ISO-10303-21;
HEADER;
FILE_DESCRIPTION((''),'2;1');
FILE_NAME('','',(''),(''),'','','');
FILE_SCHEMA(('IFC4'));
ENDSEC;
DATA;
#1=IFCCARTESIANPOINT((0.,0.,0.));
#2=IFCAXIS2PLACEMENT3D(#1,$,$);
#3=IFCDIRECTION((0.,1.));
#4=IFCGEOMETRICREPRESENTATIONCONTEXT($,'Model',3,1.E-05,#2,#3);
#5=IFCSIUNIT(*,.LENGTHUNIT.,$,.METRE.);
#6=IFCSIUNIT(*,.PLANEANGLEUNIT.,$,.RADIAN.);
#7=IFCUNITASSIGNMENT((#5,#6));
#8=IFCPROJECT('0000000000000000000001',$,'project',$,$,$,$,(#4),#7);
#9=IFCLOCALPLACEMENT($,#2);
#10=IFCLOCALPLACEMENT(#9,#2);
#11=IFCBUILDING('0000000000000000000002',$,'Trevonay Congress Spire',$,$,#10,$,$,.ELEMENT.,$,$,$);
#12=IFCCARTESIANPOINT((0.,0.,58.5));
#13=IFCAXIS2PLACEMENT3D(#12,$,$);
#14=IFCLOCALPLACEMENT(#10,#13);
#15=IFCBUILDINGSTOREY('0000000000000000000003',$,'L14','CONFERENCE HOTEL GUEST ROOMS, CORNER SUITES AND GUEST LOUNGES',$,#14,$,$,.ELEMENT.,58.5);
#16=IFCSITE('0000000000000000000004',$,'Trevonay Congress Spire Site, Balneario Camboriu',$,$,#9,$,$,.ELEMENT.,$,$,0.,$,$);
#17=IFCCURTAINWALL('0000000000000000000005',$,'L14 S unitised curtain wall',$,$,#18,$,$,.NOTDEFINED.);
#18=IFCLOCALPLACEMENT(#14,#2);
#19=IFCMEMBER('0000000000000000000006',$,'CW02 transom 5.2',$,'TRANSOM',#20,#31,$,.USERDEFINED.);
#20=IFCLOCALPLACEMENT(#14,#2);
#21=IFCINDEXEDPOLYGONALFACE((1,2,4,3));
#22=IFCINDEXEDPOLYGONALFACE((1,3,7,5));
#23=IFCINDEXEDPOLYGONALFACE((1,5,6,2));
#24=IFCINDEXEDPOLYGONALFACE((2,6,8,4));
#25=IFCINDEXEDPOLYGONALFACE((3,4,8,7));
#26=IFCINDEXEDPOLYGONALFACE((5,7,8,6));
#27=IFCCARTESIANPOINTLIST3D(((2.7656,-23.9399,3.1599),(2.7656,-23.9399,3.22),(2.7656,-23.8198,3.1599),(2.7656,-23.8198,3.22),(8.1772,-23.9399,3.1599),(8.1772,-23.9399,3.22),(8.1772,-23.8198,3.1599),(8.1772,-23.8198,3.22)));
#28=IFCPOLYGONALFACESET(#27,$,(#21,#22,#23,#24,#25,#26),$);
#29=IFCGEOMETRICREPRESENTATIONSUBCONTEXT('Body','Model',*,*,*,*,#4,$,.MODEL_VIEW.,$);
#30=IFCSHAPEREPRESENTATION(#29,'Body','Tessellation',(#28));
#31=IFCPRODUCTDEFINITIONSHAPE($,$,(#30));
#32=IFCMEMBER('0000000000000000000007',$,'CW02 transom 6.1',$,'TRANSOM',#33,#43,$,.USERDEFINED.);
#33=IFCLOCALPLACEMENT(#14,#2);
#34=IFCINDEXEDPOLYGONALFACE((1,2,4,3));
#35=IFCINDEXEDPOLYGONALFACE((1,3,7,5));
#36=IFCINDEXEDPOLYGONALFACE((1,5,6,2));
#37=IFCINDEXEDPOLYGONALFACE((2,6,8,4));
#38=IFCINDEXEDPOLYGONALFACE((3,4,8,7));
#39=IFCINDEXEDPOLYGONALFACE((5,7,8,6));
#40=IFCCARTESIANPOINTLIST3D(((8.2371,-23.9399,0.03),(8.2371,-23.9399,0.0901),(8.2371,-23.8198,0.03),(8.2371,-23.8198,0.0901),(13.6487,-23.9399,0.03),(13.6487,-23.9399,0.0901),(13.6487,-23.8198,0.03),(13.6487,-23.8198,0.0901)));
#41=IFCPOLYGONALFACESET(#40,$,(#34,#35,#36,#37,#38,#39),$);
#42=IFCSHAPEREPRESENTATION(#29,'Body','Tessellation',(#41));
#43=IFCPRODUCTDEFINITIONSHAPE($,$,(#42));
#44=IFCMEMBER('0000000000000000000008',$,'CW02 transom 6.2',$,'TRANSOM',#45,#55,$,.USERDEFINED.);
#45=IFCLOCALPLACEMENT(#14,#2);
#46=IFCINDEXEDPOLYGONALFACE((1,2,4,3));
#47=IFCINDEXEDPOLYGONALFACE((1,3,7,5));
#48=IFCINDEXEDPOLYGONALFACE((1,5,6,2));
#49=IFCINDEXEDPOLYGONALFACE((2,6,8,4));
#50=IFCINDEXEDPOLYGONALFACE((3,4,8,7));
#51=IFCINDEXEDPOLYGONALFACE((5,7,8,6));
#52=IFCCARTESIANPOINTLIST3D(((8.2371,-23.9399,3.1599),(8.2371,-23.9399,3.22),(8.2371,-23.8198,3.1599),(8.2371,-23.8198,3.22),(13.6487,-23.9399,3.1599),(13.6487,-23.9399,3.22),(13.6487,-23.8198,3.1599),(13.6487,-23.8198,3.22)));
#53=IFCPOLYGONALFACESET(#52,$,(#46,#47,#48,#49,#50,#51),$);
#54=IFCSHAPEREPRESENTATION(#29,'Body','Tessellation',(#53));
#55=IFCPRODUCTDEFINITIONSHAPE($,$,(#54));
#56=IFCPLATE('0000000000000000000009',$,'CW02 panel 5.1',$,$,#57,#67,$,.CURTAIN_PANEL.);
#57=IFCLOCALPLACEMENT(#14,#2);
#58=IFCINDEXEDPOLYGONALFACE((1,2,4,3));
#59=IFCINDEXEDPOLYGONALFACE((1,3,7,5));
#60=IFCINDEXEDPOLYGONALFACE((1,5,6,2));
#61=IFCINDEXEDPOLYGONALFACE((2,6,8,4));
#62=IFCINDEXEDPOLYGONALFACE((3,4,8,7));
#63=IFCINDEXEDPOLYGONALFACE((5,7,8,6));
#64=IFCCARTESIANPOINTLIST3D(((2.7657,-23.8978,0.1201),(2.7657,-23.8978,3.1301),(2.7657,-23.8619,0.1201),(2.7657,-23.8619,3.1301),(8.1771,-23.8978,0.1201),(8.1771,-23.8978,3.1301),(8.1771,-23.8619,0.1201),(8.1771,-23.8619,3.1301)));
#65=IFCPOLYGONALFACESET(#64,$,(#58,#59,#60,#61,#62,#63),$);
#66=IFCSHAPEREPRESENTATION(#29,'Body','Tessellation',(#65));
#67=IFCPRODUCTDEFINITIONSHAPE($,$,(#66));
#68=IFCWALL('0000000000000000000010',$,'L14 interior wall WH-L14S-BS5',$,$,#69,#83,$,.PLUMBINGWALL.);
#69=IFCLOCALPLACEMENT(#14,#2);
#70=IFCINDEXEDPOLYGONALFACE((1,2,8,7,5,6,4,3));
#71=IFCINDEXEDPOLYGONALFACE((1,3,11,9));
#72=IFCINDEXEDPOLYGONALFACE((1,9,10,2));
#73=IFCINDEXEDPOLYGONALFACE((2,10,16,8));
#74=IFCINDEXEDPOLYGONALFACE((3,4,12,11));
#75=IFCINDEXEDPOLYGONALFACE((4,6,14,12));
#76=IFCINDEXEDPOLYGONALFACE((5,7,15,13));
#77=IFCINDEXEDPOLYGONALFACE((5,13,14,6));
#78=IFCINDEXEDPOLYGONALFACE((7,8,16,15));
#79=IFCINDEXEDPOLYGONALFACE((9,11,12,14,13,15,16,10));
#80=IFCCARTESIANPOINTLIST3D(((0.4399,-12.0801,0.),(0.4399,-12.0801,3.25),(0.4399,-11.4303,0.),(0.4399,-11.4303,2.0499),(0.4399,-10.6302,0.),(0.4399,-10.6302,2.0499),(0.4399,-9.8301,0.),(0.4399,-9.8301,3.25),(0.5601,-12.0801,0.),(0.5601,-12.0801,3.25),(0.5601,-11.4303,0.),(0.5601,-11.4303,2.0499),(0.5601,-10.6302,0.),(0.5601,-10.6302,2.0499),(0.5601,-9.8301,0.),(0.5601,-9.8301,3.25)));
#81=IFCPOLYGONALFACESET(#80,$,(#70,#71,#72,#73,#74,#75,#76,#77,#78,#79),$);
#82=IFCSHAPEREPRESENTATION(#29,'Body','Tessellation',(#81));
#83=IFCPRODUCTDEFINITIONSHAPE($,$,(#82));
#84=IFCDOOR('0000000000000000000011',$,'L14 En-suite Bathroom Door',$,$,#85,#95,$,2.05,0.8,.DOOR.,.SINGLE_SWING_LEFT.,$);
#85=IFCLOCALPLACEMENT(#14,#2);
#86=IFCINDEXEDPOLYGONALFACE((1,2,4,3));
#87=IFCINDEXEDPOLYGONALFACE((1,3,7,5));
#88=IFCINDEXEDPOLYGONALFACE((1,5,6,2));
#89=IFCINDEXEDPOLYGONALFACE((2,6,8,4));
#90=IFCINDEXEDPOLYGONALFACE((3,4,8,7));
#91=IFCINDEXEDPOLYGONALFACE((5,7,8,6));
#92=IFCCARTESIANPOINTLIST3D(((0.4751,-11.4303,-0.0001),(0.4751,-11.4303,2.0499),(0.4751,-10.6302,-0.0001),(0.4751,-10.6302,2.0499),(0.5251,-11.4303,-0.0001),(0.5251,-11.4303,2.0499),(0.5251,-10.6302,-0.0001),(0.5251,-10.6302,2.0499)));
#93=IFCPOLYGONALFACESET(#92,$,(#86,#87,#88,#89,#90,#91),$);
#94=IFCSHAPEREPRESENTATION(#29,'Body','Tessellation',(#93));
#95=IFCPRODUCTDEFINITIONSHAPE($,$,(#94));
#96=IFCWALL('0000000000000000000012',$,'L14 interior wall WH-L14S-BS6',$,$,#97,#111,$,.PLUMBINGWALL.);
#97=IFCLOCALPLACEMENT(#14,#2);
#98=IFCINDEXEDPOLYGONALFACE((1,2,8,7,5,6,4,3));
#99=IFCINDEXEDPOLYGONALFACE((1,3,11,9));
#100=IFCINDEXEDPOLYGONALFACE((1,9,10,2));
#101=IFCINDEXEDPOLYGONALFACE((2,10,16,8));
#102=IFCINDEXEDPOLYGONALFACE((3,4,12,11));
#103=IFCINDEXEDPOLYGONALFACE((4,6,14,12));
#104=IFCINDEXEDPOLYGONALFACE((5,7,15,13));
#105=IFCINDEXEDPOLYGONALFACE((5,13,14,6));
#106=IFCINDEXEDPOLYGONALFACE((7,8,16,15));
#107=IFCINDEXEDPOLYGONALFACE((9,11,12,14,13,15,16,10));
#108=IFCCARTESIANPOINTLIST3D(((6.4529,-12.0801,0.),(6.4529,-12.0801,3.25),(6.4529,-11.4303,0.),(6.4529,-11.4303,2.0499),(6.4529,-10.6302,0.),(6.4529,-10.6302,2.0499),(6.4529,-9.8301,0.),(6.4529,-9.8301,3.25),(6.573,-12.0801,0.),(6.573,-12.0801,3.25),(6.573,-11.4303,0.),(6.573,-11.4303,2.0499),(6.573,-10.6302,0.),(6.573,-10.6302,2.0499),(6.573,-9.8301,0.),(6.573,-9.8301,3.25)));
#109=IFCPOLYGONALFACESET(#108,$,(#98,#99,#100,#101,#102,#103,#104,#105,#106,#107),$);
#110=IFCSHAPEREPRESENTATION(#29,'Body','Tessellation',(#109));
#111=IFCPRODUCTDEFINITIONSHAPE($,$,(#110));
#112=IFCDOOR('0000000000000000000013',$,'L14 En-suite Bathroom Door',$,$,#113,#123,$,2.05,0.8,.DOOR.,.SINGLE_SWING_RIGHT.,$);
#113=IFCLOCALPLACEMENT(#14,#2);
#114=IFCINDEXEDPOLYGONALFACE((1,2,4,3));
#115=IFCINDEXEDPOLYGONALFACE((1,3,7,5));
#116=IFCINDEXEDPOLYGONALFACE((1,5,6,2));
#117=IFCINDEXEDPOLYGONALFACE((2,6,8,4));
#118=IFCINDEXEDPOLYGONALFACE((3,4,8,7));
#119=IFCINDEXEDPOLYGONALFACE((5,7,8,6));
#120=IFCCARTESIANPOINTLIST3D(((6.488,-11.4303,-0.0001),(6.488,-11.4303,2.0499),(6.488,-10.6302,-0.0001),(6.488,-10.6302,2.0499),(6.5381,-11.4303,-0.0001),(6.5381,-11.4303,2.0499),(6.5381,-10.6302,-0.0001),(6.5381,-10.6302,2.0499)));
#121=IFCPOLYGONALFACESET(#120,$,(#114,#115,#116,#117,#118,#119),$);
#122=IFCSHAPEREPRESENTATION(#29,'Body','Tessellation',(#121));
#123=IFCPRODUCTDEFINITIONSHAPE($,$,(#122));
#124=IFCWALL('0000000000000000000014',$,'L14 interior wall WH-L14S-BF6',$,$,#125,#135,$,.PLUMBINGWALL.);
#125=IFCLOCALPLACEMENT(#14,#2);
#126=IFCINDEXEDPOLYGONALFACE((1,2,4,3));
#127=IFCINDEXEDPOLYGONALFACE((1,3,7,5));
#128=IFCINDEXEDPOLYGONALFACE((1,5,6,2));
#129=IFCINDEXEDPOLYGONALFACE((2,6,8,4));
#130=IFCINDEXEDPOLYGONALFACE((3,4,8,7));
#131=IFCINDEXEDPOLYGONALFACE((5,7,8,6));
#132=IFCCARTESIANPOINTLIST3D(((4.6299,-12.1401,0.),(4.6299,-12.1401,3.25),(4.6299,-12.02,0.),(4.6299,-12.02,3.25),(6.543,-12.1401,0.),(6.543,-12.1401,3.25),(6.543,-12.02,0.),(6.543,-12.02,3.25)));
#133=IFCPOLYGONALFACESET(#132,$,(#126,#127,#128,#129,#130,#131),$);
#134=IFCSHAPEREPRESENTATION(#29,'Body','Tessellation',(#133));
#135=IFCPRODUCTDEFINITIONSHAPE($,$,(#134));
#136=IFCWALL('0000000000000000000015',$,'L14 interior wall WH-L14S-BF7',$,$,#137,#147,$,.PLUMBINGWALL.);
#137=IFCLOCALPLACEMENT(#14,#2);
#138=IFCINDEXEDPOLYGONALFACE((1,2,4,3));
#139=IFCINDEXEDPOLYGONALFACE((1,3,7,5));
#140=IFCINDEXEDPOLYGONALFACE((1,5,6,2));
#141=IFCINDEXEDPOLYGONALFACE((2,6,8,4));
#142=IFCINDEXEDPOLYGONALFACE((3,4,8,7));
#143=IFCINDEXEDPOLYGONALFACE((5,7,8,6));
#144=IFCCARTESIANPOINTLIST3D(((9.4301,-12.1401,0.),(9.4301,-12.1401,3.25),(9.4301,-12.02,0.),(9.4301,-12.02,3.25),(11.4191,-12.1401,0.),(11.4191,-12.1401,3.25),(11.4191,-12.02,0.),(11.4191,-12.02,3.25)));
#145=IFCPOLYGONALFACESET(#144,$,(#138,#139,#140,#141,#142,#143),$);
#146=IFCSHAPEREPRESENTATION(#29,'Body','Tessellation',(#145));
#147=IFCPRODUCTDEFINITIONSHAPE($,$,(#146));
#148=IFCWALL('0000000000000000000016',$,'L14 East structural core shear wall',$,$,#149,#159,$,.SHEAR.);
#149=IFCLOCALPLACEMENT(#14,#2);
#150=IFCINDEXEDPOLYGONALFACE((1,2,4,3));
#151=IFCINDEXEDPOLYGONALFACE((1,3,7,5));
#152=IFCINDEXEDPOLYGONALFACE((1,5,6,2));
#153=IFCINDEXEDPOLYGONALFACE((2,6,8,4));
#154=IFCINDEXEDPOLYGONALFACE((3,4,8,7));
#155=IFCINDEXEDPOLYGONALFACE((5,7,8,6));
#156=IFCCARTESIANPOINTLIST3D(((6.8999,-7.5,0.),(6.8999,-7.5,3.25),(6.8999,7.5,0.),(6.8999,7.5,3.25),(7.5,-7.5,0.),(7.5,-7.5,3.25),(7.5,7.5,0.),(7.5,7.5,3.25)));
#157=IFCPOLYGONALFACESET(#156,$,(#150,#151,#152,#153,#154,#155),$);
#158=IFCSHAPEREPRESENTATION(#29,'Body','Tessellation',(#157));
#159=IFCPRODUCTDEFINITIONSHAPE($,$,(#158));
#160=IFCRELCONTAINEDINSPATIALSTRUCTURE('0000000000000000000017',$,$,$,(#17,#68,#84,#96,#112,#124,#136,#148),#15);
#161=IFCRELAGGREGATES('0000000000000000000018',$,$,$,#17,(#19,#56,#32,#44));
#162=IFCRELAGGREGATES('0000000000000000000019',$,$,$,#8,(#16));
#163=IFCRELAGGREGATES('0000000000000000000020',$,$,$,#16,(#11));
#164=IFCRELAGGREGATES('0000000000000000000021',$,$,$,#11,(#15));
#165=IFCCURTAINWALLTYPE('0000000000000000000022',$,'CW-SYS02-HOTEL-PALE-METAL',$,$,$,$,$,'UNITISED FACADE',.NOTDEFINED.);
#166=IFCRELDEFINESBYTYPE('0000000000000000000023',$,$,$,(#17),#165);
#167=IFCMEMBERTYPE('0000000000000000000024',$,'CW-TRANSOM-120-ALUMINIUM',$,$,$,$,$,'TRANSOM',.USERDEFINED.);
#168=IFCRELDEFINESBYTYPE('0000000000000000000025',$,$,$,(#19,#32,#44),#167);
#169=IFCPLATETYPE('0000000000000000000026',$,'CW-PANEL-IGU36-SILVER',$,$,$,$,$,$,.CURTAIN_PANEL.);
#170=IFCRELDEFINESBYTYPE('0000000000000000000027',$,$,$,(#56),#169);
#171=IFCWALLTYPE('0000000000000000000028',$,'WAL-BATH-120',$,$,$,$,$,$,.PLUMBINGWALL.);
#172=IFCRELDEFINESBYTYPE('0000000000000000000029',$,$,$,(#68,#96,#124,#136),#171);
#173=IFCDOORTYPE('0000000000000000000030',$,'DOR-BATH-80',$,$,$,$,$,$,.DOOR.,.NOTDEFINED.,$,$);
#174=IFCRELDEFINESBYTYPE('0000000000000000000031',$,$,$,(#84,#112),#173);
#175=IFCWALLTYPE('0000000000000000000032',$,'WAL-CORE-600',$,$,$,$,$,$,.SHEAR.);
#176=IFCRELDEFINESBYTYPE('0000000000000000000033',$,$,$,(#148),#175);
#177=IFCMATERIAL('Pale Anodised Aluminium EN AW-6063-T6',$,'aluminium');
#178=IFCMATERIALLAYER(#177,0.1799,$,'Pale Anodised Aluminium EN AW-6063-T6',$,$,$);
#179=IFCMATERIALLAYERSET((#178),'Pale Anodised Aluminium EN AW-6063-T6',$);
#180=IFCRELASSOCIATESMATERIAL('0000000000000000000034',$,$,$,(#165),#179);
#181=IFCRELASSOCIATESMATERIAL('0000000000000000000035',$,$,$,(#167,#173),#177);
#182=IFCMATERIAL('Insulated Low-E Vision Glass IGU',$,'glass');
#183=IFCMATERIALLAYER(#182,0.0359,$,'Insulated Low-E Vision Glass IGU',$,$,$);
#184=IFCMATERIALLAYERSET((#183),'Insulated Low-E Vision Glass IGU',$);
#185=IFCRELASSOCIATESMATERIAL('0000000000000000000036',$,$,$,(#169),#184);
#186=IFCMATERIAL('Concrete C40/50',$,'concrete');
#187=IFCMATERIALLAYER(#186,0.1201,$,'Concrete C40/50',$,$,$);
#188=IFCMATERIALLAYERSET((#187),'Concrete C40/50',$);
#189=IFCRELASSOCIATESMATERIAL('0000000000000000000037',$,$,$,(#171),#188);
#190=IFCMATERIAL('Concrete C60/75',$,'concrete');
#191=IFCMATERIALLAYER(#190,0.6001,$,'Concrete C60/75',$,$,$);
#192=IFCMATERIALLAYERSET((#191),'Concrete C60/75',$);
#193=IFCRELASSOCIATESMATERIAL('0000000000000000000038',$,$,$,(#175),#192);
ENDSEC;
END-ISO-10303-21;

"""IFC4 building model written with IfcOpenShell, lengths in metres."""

from ifc_helpers import new_model, si_unit, direction, frame, frame_2d, origin, origin_2d, place, context, subcontext, project, spatial, rectangle, extrude, material, layer, layer_set, material_profile, profile_set, type_object, element, fill, aggregate, save


model = new_model("IFC4")

# Units and contexts
model_context = context("Model", 3, precision=1e-05, world=origin(), true_north=direction((0.0, 1.0)))
body_context = subcontext(model_context, "Body", "Model", "MODEL_VIEW")
ifc_project = project(units=[si_unit("LENGTHUNIT", "METRE"), si_unit("PLANEANGLEUNIT", "RADIAN")], contexts=[model_context])

# Site, building, storey
site_placement = place(None, origin())
site = spatial("IfcSite", under=ifc_project, at=site_placement, Name="Trevonay Congress Spire Site, Balneario Camboriu", CompositionType="ELEMENT", RefElevation=0.0)
building_placement = place(site_placement, origin())
building = spatial("IfcBuilding", under=site, at=building_placement, Name="Trevonay Congress Spire", CompositionType="ELEMENT")
storey_placement = place(building_placement, frame((0.0, 0.0, 58.5)))
storey = spatial("IfcBuildingStorey", under=building, at=storey_placement, Name="L14", Description="CONFERENCE HOTEL GUEST ROOMS, CORNER SUITES AND GUEST LOUNGES", CompositionType="ELEMENT", Elevation=58.5)

# Curtain wall, members, plate
ifc_material_1 = material(Name="Pale Anodised Aluminium EN AW-6063-T6", Category="aluminium")
ifc_layer_1 = layer(ifc_material_1, 0.1799, Name="Pale Anodised Aluminium EN AW-6063-T6")
ifc_layer_set_1 = layer_set([ifc_layer_1], Name="Pale Anodised Aluminium EN AW-6063-T6")
curtain_wall_type = type_object("IfcCurtainWallType", Name="CW-SYS02-HOTEL-PALE-METAL", ElementType="UNITISED FACADE", PredefinedType="NOTDEFINED", material=ifc_layer_set_1)
curtain_wall_placement = place(storey_placement, origin())
curtain_wall = element("IfcCurtainWall", 1, at=curtain_wall_placement, inside=storey, type_object=curtain_wall_type, Name="L14 S unitised curtain wall", PredefinedType="NOTDEFINED")
ifc_material_profile_1 = material_profile(ifc_material_1, rectangle(XDim=0.1201, YDim=0.0601, at=origin_2d()), Name="CW-TRANSOM-120-ALUMINIUM")
ifc_profile_set_1 = profile_set([ifc_material_profile_1], Name="Pale Anodised Aluminium EN AW-6063-T6")
member_type_1 = type_object("IfcMemberType", Name="CW-TRANSOM-120-ALUMINIUM", ElementType="TRANSOM", PredefinedType="USERDEFINED", material=ifc_profile_set_1)
member_1_placement = place(storey_placement, frame((2.7656, -23.8799, 3.1899), z_axis=(1.0, 0.0, 0.0), x_axis=(0.0, 1.0, 0.0)))
member_1 = element("IfcMember", 2, at=member_1_placement, type_object=member_type_1, Name="CW02 transom 5.2", ObjectType="TRANSOM", PredefinedType="USERDEFINED", context=body_context, shape_type="SweptSolid", body=[
    extrude(rectangle(XDim=0.1201, YDim=0.0601, at=origin_2d()), origin(), (0.0, 0.0, 1.0), 5.4116),
])
member_2_placement = place(storey_placement, frame((8.2371, -23.8799, 0.0601), z_axis=(1.0, 0.0, 0.0), x_axis=(0.0, 1.0, 0.0)))
member_2 = element("IfcMember", 3, at=member_2_placement, type_object=member_type_1, Name="CW02 transom 6.1", ObjectType="TRANSOM", PredefinedType="USERDEFINED", context=body_context, shape_type="SweptSolid", body=[
    extrude(rectangle(XDim=0.1201, YDim=0.0601, at=origin_2d()), origin(), (0.0, 0.0, 1.0), 5.4116),
])
member_3_placement = place(storey_placement, frame((8.2371, -23.8799, 3.1899), z_axis=(1.0, 0.0, 0.0), x_axis=(0.0, 1.0, 0.0)))
member_3 = element("IfcMember", 4, at=member_3_placement, type_object=member_type_1, Name="CW02 transom 6.2", ObjectType="TRANSOM", PredefinedType="USERDEFINED", context=body_context, shape_type="SweptSolid", body=[
    extrude(rectangle(XDim=0.1201, YDim=0.0601, at=origin_2d()), origin(), (0.0, 0.0, 1.0), 5.4116),
])
ifc_material_2 = material(Name="Insulated Low-E Vision Glass IGU", Category="glass")
ifc_layer_2 = layer(ifc_material_2, 0.0359, Name="Insulated Low-E Vision Glass IGU")
ifc_layer_set_2 = layer_set([ifc_layer_2], Name="Insulated Low-E Vision Glass IGU")
plate_type = type_object("IfcPlateType", Name="CW-PANEL-IGU36-SILVER", PredefinedType="CURTAIN_PANEL", material=ifc_layer_set_2)
plate_placement = place(storey_placement, frame((5.4714, -23.8799, 0.1201), z_axis=(0.0, 0.0, 1.0), x_axis=(1.0, 0.0, 0.0)))
plate = element("IfcPlate", 5, at=plate_placement, type_object=plate_type, Name="CW02 panel 5.1", PredefinedType="CURTAIN_PANEL", context=body_context, shape_type="SweptSolid", body=[
    extrude(rectangle(XDim=5.4114, YDim=0.0359, at=origin_2d()), origin(), (0.0, 0.0, 1.0), 3.01),
])
aggregate(curtain_wall, [member_1, plate, member_2, member_3])

# Walls, openings, doors
ifc_material_3 = material(Name="Concrete C40/50", Category="concrete")
ifc_layer_3 = layer(ifc_material_3, 0.1201, Name="Concrete C40/50")
ifc_layer_set_3 = layer_set([ifc_layer_3], Name="Concrete C40/50")
wall_type_1 = type_object("IfcWallType", Name="WAL-BATH-120", PredefinedType="PLUMBINGWALL", material=ifc_layer_set_3)
wall_1_placement = place(storey_placement, frame((0.5, -12.0801, 0.0), z_axis=(0.0, 0.0, 1.0), x_axis=(0.0, 1.0, 0.0)))
wall_1 = element("IfcWall", 6, at=wall_1_placement, inside=storey, type_object=wall_type_1, Name="L14 interior wall WH-L14S-BS5", PredefinedType="PLUMBINGWALL", context=body_context, shape_type="SweptSolid", body=[
    extrude(rectangle(XDim=2.25, YDim=0.1201, at=frame_2d((1.125, 0.0))), origin(), (0.0, 0.0, 1.0), 3.25),
])
opening_1_placement = place(wall_1_placement, frame((0.6499, 0.0, 0.0)))
opening_1 = element("IfcOpeningElement", 7, at=opening_1_placement, cuts=wall_1, PredefinedType="OPENING", context=body_context, shape_type="SweptSolid", body=[
    extrude(rectangle(XDim=0.8, YDim=2.05, at=frame_2d((0.3999, 1.0249))), frame((0.0, 0.0701, 0.0), z_axis=(0.0, -1.0, 0.0), x_axis=(1.0, 0.0, 0.0)), (0.0, 0.0, 1.0), 0.1401),
])
door_type_1 = type_object("IfcDoorType", Name="DOR-BATH-80", OperationType="NOTDEFINED", PredefinedType="DOOR", material=ifc_material_1)
door_1_placement = place(opening_1_placement, origin())
door_1 = element("IfcDoor", 8, at=door_1_placement, inside=storey, type_object=door_type_1, Name="L14 En-suite Bathroom Door", OperationType="SINGLE_SWING_LEFT", OverallHeight=2.05, OverallWidth=0.8, PredefinedType="DOOR", context=body_context, shape_type="SweptSolid", body=[
    extrude(rectangle(XDim=0.8, YDim=2.05, at=frame_2d((0.3999, 1.0249))), frame((0.0, 0.0249, 0.0), z_axis=(0.0, -1.0, 0.0), x_axis=(1.0, 0.0, 0.0)), (0.0, 0.0, 1.0), 0.05),
])
fill(opening_1, door_1)
wall_2_placement = place(storey_placement, frame((6.5129, -12.0801, 0.0), z_axis=(0.0, 0.0, 1.0), x_axis=(0.0, 1.0, 0.0)))
wall_2 = element("IfcWall", 9, at=wall_2_placement, inside=storey, type_object=wall_type_1, Name="L14 interior wall WH-L14S-BS6", PredefinedType="PLUMBINGWALL", context=body_context, shape_type="SweptSolid", body=[
    extrude(rectangle(XDim=2.25, YDim=0.1201, at=frame_2d((1.125, 0.0))), origin(), (0.0, 0.0, 1.0), 3.25),
])
opening_2_placement = place(wall_2_placement, frame((0.6499, 0.0, 0.0)))
opening_2 = element("IfcOpeningElement", 10, at=opening_2_placement, cuts=wall_2, PredefinedType="OPENING", context=body_context, shape_type="SweptSolid", body=[
    extrude(rectangle(XDim=0.8, YDim=2.05, at=frame_2d((0.3999, 1.0249))), frame((0.0, 0.0701, 0.0), z_axis=(0.0, -1.0, 0.0), x_axis=(1.0, 0.0, 0.0)), (0.0, 0.0, 1.0), 0.1401),
])
door_2_placement = place(opening_2_placement, origin())
door_2 = element("IfcDoor", 11, at=door_2_placement, inside=storey, type_object=door_type_1, Name="L14 En-suite Bathroom Door", OperationType="SINGLE_SWING_RIGHT", OverallHeight=2.05, OverallWidth=0.8, PredefinedType="DOOR", context=body_context, shape_type="SweptSolid", body=[
    extrude(rectangle(XDim=0.8, YDim=2.05, at=frame_2d((0.3999, 1.0249))), frame((0.0, 0.0249, 0.0), z_axis=(0.0, -1.0, 0.0), x_axis=(1.0, 0.0, 0.0)), (0.0, 0.0, 1.0), 0.05),
])
fill(opening_2, door_2)

# Walls
wall_3_placement = place(storey_placement, frame((4.6299, -12.0801, 0.0), z_axis=(0.0, 0.0, 1.0), x_axis=(1.0, 0.0, 0.0)))
element("IfcWall", 12, at=wall_3_placement, inside=storey, type_object=wall_type_1, Name="L14 interior wall WH-L14S-BF6", PredefinedType="PLUMBINGWALL", context=body_context, shape_type="SweptSolid", body=[
    extrude(rectangle(XDim=1.9131, YDim=0.1201, at=frame_2d((0.9565, 0.0))), origin(), (0.0, 0.0, 1.0), 3.25),
])
wall_4_placement = place(storey_placement, frame((9.4299, -12.0801, 0.0), z_axis=(0.0, 0.0, 1.0), x_axis=(1.0, 0.0, 0.0)))
element("IfcWall", 13, at=wall_4_placement, inside=storey, type_object=wall_type_1, Name="L14 interior wall WH-L14S-BF7", PredefinedType="PLUMBINGWALL", context=body_context, shape_type="SweptSolid", body=[
    extrude(rectangle(XDim=1.989, YDim=0.1201, at=frame_2d((0.9946, 0.0))), origin(), (0.0, 0.0, 1.0), 3.25),
])
ifc_material_4 = material(Name="Concrete C60/75", Category="concrete")
ifc_layer_4 = layer(ifc_material_4, 0.6001, Name="Concrete C60/75")
ifc_layer_set_4 = layer_set([ifc_layer_4], Name="Concrete C60/75")
wall_type_2 = type_object("IfcWallType", Name="WAL-CORE-600", PredefinedType="SHEAR", material=ifc_layer_set_4)
wall_5_placement = place(storey_placement, frame((7.2, -7.5, 0.0), z_axis=(0.0, 0.0, 1.0), x_axis=(0.0, 1.0, 0.0)))
element("IfcWall", 14, at=wall_5_placement, inside=storey, type_object=wall_type_2, Name="L14 East structural core shear wall", PredefinedType="SHEAR", context=body_context, shape_type="SweptSolid", body=[
    extrude(rectangle(XDim=15.0, YDim=0.6001, at=frame_2d((7.5, 0.0))), origin(), (0.0, 0.0, 1.0), 3.25),
])

save(model, "model.ifc")
